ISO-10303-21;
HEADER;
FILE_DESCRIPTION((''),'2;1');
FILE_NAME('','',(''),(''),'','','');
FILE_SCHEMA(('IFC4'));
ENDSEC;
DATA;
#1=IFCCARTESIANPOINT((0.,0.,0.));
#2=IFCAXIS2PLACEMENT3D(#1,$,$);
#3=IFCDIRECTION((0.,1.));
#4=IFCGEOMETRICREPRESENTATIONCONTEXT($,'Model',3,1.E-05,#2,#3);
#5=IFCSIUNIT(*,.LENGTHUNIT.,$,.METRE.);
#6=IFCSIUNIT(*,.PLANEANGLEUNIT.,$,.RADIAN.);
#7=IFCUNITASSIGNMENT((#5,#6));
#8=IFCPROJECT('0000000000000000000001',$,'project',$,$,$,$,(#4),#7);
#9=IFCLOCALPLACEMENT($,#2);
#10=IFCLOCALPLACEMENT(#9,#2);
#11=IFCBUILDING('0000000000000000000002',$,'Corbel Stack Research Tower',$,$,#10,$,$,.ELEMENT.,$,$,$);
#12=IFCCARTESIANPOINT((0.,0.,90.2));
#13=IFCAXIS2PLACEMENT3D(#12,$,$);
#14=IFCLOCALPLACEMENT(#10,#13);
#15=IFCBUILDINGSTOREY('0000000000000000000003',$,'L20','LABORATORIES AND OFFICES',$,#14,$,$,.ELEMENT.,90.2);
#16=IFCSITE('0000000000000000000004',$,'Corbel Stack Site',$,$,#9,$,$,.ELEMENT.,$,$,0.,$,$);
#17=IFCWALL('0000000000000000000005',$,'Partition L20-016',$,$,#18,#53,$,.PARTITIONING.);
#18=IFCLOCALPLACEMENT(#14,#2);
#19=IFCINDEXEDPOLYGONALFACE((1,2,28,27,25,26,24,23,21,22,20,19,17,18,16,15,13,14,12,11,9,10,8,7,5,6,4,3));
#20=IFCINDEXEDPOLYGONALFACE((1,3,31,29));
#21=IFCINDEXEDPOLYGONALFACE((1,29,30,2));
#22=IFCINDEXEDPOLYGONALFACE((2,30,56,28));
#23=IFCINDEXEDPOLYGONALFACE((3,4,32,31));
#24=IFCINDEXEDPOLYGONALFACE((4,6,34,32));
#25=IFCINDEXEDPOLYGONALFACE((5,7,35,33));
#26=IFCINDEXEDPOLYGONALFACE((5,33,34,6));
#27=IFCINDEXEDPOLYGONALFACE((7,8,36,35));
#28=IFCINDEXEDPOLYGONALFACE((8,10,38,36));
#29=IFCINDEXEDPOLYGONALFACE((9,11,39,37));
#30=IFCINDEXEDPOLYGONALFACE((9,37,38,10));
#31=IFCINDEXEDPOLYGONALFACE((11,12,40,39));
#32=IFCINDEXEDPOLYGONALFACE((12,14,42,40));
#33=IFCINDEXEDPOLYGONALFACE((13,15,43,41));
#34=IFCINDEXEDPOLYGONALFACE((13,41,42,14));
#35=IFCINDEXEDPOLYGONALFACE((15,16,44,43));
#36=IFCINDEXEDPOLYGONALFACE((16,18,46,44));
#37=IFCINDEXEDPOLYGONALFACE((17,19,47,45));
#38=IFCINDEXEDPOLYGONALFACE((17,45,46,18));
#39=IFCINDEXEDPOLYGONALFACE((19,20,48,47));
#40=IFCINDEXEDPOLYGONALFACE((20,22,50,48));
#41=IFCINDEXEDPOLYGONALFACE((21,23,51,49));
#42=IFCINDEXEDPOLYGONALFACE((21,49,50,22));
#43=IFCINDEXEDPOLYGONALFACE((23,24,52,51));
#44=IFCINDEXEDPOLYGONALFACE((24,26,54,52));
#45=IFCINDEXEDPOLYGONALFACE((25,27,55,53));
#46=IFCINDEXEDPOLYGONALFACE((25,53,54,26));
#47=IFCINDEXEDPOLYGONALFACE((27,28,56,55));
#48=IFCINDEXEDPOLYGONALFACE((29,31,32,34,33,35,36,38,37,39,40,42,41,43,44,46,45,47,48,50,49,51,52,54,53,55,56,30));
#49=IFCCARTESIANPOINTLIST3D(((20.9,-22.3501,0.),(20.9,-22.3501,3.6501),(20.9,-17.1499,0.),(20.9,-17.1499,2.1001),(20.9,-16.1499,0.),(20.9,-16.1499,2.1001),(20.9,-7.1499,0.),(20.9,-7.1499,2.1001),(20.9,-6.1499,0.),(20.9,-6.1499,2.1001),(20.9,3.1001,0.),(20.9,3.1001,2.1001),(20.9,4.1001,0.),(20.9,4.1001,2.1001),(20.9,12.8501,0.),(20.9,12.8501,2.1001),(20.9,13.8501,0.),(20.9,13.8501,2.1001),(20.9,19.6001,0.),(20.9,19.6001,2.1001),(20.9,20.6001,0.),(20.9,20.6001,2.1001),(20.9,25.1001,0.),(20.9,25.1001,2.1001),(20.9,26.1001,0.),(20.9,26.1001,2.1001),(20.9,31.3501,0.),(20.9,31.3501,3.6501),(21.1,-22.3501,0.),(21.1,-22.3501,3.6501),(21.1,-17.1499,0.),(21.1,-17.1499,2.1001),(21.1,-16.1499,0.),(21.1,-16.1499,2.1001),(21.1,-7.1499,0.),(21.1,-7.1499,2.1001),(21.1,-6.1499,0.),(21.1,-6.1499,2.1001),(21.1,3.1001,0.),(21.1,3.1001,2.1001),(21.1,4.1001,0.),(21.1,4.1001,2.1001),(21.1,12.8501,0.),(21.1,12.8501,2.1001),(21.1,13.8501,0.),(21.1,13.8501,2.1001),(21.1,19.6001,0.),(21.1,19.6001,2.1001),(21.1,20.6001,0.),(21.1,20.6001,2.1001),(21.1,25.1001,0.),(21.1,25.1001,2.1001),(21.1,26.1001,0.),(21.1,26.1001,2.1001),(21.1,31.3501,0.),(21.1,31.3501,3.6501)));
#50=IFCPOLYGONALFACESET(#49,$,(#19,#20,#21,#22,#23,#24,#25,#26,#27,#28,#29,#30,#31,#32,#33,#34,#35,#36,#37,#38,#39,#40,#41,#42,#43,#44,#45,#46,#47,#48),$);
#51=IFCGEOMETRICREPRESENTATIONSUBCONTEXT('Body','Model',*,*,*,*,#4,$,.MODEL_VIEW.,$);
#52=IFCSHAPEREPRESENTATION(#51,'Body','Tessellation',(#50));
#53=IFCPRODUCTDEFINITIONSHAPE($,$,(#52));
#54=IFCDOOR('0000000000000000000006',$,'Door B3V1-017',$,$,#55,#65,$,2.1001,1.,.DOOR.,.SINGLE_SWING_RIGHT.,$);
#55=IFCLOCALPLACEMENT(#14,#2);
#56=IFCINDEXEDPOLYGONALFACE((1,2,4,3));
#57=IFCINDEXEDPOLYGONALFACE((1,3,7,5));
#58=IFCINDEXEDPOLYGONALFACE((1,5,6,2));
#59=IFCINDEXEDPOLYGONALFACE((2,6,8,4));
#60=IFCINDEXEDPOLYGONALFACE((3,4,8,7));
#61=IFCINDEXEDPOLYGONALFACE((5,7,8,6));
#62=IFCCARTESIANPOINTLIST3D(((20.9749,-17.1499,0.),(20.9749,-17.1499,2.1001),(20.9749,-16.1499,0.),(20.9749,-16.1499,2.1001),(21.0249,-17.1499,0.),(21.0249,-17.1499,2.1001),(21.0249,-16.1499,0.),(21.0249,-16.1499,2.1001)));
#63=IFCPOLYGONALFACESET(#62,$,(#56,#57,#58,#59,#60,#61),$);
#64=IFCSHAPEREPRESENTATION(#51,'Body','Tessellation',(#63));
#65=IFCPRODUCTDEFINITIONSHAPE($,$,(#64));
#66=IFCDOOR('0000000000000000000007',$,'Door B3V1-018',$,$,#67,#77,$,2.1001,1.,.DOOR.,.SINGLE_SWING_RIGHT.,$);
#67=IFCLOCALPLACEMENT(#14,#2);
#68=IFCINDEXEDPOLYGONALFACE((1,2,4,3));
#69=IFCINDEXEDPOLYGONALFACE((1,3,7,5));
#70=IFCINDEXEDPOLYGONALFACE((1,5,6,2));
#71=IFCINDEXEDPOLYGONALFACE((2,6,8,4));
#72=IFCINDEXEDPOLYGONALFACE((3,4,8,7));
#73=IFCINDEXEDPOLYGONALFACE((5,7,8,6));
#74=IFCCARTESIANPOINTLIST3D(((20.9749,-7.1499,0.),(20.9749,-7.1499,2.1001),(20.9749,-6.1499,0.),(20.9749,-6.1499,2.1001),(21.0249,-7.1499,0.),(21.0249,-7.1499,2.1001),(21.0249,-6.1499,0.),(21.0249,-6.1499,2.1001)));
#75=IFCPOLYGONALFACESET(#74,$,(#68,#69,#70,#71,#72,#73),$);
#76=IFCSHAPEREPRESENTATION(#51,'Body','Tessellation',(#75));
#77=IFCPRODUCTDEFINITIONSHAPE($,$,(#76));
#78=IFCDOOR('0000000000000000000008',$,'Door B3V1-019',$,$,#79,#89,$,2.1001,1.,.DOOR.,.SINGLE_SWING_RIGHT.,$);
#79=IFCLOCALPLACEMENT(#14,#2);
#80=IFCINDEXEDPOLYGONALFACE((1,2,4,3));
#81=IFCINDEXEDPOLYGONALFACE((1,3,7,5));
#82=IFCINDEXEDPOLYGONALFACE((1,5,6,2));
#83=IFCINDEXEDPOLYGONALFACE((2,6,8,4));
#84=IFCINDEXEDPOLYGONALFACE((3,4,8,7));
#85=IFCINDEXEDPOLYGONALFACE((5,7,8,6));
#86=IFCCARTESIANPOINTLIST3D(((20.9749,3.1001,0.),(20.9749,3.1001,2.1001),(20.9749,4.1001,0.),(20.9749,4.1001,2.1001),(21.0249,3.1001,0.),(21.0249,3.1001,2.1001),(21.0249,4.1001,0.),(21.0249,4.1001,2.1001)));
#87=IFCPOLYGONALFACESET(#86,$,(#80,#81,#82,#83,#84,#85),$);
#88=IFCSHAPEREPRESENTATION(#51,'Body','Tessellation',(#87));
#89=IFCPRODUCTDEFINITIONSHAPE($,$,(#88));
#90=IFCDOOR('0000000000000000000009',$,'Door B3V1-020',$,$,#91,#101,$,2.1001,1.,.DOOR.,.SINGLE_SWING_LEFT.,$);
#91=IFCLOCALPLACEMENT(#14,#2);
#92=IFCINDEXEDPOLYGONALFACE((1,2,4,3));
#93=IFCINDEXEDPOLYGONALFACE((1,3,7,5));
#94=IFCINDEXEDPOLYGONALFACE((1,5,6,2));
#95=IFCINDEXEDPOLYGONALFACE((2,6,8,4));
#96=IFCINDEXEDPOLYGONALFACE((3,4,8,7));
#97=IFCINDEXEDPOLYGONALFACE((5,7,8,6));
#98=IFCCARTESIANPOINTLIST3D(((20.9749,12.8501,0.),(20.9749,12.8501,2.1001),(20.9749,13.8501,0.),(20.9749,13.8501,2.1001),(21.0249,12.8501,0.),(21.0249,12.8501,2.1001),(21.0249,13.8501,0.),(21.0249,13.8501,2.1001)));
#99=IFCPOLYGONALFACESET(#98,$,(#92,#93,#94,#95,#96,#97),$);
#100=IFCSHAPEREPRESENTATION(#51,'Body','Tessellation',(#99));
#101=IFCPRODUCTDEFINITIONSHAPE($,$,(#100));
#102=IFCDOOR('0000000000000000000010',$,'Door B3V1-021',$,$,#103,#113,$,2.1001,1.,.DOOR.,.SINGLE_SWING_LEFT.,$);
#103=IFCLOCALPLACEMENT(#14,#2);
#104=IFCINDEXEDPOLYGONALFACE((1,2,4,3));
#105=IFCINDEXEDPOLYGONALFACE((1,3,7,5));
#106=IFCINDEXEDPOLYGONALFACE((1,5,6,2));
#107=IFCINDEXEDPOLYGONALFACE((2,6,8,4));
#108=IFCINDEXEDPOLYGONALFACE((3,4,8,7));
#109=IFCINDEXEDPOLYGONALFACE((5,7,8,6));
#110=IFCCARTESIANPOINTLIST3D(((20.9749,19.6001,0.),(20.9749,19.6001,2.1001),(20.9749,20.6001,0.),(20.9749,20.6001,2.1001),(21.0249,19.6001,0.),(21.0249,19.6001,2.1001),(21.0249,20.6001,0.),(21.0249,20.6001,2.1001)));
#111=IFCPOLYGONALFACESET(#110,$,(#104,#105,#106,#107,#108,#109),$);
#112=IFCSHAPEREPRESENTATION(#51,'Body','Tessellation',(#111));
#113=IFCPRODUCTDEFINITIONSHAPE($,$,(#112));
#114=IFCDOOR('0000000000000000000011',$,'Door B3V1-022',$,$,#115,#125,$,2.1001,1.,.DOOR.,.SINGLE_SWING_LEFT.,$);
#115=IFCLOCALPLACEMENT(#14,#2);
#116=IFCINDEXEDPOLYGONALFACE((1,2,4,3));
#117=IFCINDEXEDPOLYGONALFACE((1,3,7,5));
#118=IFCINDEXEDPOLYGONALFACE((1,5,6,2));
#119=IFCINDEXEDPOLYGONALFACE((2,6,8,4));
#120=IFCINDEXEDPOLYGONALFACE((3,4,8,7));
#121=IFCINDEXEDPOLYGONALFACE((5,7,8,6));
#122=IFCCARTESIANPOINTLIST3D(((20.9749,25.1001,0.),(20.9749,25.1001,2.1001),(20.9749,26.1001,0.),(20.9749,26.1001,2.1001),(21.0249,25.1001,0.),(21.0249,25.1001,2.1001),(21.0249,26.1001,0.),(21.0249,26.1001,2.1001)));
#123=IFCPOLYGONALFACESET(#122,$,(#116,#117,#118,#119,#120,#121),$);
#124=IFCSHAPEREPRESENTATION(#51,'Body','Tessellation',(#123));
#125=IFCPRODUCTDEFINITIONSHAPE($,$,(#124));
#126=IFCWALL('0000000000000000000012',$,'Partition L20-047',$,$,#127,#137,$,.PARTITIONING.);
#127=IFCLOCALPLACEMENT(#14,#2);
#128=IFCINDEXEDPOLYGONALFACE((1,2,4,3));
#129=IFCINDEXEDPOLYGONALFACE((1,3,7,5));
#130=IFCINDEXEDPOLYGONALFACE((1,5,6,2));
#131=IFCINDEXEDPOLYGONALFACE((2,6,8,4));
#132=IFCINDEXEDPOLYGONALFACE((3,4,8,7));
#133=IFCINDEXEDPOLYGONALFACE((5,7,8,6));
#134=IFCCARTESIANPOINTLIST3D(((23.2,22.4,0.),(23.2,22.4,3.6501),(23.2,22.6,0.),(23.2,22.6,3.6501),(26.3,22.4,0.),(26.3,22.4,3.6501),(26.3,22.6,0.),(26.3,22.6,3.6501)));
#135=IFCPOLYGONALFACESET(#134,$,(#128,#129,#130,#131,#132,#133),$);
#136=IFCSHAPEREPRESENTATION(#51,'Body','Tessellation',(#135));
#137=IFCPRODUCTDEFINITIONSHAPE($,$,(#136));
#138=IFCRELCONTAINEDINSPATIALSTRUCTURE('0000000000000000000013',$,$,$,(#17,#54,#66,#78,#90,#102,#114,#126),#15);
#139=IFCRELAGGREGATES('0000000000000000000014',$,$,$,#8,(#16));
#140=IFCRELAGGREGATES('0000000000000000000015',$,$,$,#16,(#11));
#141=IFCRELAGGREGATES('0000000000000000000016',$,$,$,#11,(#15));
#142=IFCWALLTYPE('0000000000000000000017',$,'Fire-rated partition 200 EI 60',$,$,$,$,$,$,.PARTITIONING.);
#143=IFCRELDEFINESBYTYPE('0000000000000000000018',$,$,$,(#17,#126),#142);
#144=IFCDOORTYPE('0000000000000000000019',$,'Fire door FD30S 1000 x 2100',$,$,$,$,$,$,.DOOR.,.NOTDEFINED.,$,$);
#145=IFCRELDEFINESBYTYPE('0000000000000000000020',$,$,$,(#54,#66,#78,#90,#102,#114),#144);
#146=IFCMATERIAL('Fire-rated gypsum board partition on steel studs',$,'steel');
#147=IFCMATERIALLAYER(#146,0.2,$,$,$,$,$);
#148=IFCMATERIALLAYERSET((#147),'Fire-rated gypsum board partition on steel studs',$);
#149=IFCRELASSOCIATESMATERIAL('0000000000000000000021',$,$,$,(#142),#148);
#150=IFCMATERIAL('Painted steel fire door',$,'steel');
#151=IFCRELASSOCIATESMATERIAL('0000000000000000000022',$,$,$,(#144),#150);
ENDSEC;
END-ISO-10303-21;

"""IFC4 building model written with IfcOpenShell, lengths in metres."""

from ifc_helpers import new_model, si_unit, direction, frame, frame_2d, origin, place, context, subcontext, project, spatial, rectangle, extrude, material, layer, layer_set, type_object, element, fill, save


model = new_model("IFC4")

# Units and contexts
model_context = context("Model", 3, precision=1e-05, world=origin(), true_north=direction((0.0, 1.0)))
body_context = subcontext(model_context, "Body", "Model", "MODEL_VIEW")
ifc_project = project(units=[si_unit("LENGTHUNIT", "METRE"), si_unit("PLANEANGLEUNIT", "RADIAN")], contexts=[model_context])

# Site, building, storey
site_placement = place(None, origin())
site = spatial("IfcSite", under=ifc_project, at=site_placement, Name="Corbel Stack Site", CompositionType="ELEMENT", RefElevation=0.0)
building_placement = place(site_placement, origin())
building = spatial("IfcBuilding", under=site, at=building_placement, Name="Corbel Stack Research Tower", CompositionType="ELEMENT")
storey_placement = place(building_placement, frame((0.0, 0.0, 90.2)))
storey = spatial("IfcBuildingStorey", under=building, at=storey_placement, Name="L20", Description="LABORATORIES AND OFFICES", CompositionType="ELEMENT", Elevation=90.2)

# Wall, openings, doors
ifc_material_1 = material(Name="Fire-rated gypsum board partition on steel studs", Category="steel")
ifc_layer_1 = layer(ifc_material_1, 0.2)
ifc_layer_set_1 = layer_set([ifc_layer_1], Name="Fire-rated gypsum board partition on steel studs")
wall_type_1 = type_object("IfcWallType", Name="Fire-rated partition 200 EI 60", PredefinedType="PARTITIONING", material=ifc_layer_set_1)
wall_1_placement = place(storey_placement, frame((21.0, 31.3501, 0.0), z_axis=(0.0, 0.0, 1.0), x_axis=(0.0, -1.0, 0.0)))
wall_1 = element("IfcWall", 1, at=wall_1_placement, inside=storey, type_object=wall_type_1, Name="Partition L20-016", PredefinedType="PARTITIONING", context=body_context, shape_type="SweptSolid", body=[
    extrude(rectangle(XDim=53.7002, YDim=0.2, at=frame_2d((26.8501, 0.0))), origin(), (0.0, 0.0, 1.0), 3.6501),
])
opening_1_placement = place(wall_1_placement, frame((47.5, 0.0, 0.0)))
opening_1 = element("IfcOpeningElement", 2, at=opening_1_placement, cuts=wall_1, PredefinedType="OPENING", context=body_context, shape_type="SweptSolid", body=[
    extrude(rectangle(XDim=1.0, YDim=2.1001, at=frame_2d((0.5, 1.05))), frame((0.0, 0.1099, 0.0), z_axis=(0.0, -1.0, 0.0), x_axis=(1.0, 0.0, 0.0)), (0.0, 0.0, 1.0), 0.22),
])
opening_2_placement = place(wall_1_placement, frame((37.5, 0.0, 0.0)))
opening_2 = element("IfcOpeningElement", 3, at=opening_2_placement, cuts=wall_1, PredefinedType="OPENING", context=body_context, shape_type="SweptSolid", body=[
    extrude(rectangle(XDim=1.0, YDim=2.1001, at=frame_2d((0.5, 1.05))), frame((0.0, 0.1099, 0.0), z_axis=(0.0, -1.0, 0.0), x_axis=(1.0, 0.0, 0.0)), (0.0, 0.0, 1.0), 0.22),
])
opening_3_placement = place(wall_1_placement, frame((27.25, 0.0, 0.0)))
opening_3 = element("IfcOpeningElement", 4, at=opening_3_placement, cuts=wall_1, PredefinedType="OPENING", context=body_context, shape_type="SweptSolid", body=[
    extrude(rectangle(XDim=1.0, YDim=2.1001, at=frame_2d((0.5, 1.05))), frame((0.0, 0.1099, 0.0), z_axis=(0.0, -1.0, 0.0), x_axis=(1.0, 0.0, 0.0)), (0.0, 0.0, 1.0), 0.22),
])
opening_4_placement = place(wall_1_placement, frame((17.5, 0.0, 0.0)))
opening_4 = element("IfcOpeningElement", 5, at=opening_4_placement, cuts=wall_1, PredefinedType="OPENING", context=body_context, shape_type="SweptSolid", body=[
    extrude(rectangle(XDim=1.0, YDim=2.1001, at=frame_2d((0.5, 1.05))), frame((0.0, 0.1099, 0.0), z_axis=(0.0, -1.0, 0.0), x_axis=(1.0, 0.0, 0.0)), (0.0, 0.0, 1.0), 0.22),
])
opening_5_placement = place(wall_1_placement, frame((10.75, 0.0, 0.0)))
opening_5 = element("IfcOpeningElement", 6, at=opening_5_placement, cuts=wall_1, PredefinedType="OPENING", context=body_context, shape_type="SweptSolid", body=[
    extrude(rectangle(XDim=1.0, YDim=2.1001, at=frame_2d((0.5, 1.05))), frame((0.0, 0.1099, 0.0), z_axis=(0.0, -1.0, 0.0), x_axis=(1.0, 0.0, 0.0)), (0.0, 0.0, 1.0), 0.22),
])
opening_6_placement = place(wall_1_placement, frame((5.25, 0.0, 0.0)))
opening_6 = element("IfcOpeningElement", 7, at=opening_6_placement, cuts=wall_1, PredefinedType="OPENING", context=body_context, shape_type="SweptSolid", body=[
    extrude(rectangle(XDim=1.0, YDim=2.1001, at=frame_2d((0.5, 1.05))), frame((0.0, 0.1099, 0.0), z_axis=(0.0, -1.0, 0.0), x_axis=(1.0, 0.0, 0.0)), (0.0, 0.0, 1.0), 0.22),
])
ifc_material_2 = material(Name="Painted steel fire door", Category="steel")
door_type_1 = type_object("IfcDoorType", Name="Fire door FD30S 1000 x 2100", OperationType="NOTDEFINED", PredefinedType="DOOR", material=ifc_material_2)
door_1_placement = place(opening_1_placement, origin())
door_1 = element("IfcDoor", 8, at=door_1_placement, inside=storey, type_object=door_type_1, Name="Door B3V1-017", OperationType="SINGLE_SWING_RIGHT", OverallHeight=2.1001, OverallWidth=1.0, PredefinedType="DOOR", context=body_context, shape_type="SweptSolid", body=[
    extrude(rectangle(XDim=1.0, YDim=2.1001, at=frame_2d((0.5, 1.05))), frame((0.0, 0.0249, 0.0), z_axis=(0.0, -1.0, 0.0), x_axis=(1.0, 0.0, 0.0)), (0.0, 0.0, 1.0), 0.05),
])
fill(opening_1, door_1)
door_2_placement = place(opening_2_placement, origin())
door_2 = element("IfcDoor", 9, at=door_2_placement, inside=storey, type_object=door_type_1, Name="Door B3V1-018", OperationType="SINGLE_SWING_RIGHT", OverallHeight=2.1001, OverallWidth=1.0, PredefinedType="DOOR", context=body_context, shape_type="SweptSolid", body=[
    extrude(rectangle(XDim=1.0, YDim=2.1001, at=frame_2d((0.5, 1.05))), frame((0.0, 0.0249, 0.0), z_axis=(0.0, -1.0, 0.0), x_axis=(1.0, 0.0, 0.0)), (0.0, 0.0, 1.0), 0.05),
])
fill(opening_2, door_2)
door_3_placement = place(opening_3_placement, origin())
door_3 = element("IfcDoor", 10, at=door_3_placement, inside=storey, type_object=door_type_1, Name="Door B3V1-019", OperationType="SINGLE_SWING_RIGHT", OverallHeight=2.1001, OverallWidth=1.0, PredefinedType="DOOR", context=body_context, shape_type="SweptSolid", body=[
    extrude(rectangle(XDim=1.0, YDim=2.1001, at=frame_2d((0.5, 1.05))), frame((0.0, 0.0249, 0.0), z_axis=(0.0, -1.0, 0.0), x_axis=(1.0, 0.0, 0.0)), (0.0, 0.0, 1.0), 0.05),
])
fill(opening_3, door_3)
door_4_placement = place(opening_4_placement, origin())
door_4 = element("IfcDoor", 11, at=door_4_placement, inside=storey, type_object=door_type_1, Name="Door B3V1-020", OperationType="SINGLE_SWING_LEFT", OverallHeight=2.1001, OverallWidth=1.0, PredefinedType="DOOR", context=body_context, shape_type="SweptSolid", body=[
    extrude(rectangle(XDim=1.0, YDim=2.1001, at=frame_2d((0.5, 1.05))), frame((0.0, 0.0249, 0.0), z_axis=(0.0, -1.0, 0.0), x_axis=(1.0, 0.0, 0.0)), (0.0, 0.0, 1.0), 0.05),
])
fill(opening_4, door_4)
door_5_placement = place(opening_5_placement, origin())
door_5 = element("IfcDoor", 12, at=door_5_placement, inside=storey, type_object=door_type_1, Name="Door B3V1-021", OperationType="SINGLE_SWING_LEFT", OverallHeight=2.1001, OverallWidth=1.0, PredefinedType="DOOR", context=body_context, shape_type="SweptSolid", body=[
    extrude(rectangle(XDim=1.0, YDim=2.1001, at=frame_2d((0.5, 1.05))), frame((0.0, 0.0249, 0.0), z_axis=(0.0, -1.0, 0.0), x_axis=(1.0, 0.0, 0.0)), (0.0, 0.0, 1.0), 0.05),
])
fill(opening_5, door_5)
door_6_placement = place(opening_6_placement, origin())
door_6 = element("IfcDoor", 13, at=door_6_placement, inside=storey, type_object=door_type_1, Name="Door B3V1-022", OperationType="SINGLE_SWING_LEFT", OverallHeight=2.1001, OverallWidth=1.0, PredefinedType="DOOR", context=body_context, shape_type="SweptSolid", body=[
    extrude(rectangle(XDim=1.0, YDim=2.1001, at=frame_2d((0.5, 1.05))), frame((0.0, 0.0249, 0.0), z_axis=(0.0, -1.0, 0.0), x_axis=(1.0, 0.0, 0.0)), (0.0, 0.0, 1.0), 0.05),
])
fill(opening_6, door_6)

# Wall
wall_2_placement = place(storey_placement, frame((23.2, 22.5, 0.0), z_axis=(0.0, 0.0, 1.0), x_axis=(1.0, 0.0, 0.0)))
element("IfcWall", 14, at=wall_2_placement, inside=storey, type_object=wall_type_1, Name="Partition L20-047", PredefinedType="PARTITIONING", context=body_context, shape_type="SweptSolid", body=[
    extrude(rectangle(XDim=3.1001, YDim=0.2, at=frame_2d((1.55, 0.0))), origin(), (0.0, 0.0, 1.0), 3.6501),
])

save(model, "model.ifc")
